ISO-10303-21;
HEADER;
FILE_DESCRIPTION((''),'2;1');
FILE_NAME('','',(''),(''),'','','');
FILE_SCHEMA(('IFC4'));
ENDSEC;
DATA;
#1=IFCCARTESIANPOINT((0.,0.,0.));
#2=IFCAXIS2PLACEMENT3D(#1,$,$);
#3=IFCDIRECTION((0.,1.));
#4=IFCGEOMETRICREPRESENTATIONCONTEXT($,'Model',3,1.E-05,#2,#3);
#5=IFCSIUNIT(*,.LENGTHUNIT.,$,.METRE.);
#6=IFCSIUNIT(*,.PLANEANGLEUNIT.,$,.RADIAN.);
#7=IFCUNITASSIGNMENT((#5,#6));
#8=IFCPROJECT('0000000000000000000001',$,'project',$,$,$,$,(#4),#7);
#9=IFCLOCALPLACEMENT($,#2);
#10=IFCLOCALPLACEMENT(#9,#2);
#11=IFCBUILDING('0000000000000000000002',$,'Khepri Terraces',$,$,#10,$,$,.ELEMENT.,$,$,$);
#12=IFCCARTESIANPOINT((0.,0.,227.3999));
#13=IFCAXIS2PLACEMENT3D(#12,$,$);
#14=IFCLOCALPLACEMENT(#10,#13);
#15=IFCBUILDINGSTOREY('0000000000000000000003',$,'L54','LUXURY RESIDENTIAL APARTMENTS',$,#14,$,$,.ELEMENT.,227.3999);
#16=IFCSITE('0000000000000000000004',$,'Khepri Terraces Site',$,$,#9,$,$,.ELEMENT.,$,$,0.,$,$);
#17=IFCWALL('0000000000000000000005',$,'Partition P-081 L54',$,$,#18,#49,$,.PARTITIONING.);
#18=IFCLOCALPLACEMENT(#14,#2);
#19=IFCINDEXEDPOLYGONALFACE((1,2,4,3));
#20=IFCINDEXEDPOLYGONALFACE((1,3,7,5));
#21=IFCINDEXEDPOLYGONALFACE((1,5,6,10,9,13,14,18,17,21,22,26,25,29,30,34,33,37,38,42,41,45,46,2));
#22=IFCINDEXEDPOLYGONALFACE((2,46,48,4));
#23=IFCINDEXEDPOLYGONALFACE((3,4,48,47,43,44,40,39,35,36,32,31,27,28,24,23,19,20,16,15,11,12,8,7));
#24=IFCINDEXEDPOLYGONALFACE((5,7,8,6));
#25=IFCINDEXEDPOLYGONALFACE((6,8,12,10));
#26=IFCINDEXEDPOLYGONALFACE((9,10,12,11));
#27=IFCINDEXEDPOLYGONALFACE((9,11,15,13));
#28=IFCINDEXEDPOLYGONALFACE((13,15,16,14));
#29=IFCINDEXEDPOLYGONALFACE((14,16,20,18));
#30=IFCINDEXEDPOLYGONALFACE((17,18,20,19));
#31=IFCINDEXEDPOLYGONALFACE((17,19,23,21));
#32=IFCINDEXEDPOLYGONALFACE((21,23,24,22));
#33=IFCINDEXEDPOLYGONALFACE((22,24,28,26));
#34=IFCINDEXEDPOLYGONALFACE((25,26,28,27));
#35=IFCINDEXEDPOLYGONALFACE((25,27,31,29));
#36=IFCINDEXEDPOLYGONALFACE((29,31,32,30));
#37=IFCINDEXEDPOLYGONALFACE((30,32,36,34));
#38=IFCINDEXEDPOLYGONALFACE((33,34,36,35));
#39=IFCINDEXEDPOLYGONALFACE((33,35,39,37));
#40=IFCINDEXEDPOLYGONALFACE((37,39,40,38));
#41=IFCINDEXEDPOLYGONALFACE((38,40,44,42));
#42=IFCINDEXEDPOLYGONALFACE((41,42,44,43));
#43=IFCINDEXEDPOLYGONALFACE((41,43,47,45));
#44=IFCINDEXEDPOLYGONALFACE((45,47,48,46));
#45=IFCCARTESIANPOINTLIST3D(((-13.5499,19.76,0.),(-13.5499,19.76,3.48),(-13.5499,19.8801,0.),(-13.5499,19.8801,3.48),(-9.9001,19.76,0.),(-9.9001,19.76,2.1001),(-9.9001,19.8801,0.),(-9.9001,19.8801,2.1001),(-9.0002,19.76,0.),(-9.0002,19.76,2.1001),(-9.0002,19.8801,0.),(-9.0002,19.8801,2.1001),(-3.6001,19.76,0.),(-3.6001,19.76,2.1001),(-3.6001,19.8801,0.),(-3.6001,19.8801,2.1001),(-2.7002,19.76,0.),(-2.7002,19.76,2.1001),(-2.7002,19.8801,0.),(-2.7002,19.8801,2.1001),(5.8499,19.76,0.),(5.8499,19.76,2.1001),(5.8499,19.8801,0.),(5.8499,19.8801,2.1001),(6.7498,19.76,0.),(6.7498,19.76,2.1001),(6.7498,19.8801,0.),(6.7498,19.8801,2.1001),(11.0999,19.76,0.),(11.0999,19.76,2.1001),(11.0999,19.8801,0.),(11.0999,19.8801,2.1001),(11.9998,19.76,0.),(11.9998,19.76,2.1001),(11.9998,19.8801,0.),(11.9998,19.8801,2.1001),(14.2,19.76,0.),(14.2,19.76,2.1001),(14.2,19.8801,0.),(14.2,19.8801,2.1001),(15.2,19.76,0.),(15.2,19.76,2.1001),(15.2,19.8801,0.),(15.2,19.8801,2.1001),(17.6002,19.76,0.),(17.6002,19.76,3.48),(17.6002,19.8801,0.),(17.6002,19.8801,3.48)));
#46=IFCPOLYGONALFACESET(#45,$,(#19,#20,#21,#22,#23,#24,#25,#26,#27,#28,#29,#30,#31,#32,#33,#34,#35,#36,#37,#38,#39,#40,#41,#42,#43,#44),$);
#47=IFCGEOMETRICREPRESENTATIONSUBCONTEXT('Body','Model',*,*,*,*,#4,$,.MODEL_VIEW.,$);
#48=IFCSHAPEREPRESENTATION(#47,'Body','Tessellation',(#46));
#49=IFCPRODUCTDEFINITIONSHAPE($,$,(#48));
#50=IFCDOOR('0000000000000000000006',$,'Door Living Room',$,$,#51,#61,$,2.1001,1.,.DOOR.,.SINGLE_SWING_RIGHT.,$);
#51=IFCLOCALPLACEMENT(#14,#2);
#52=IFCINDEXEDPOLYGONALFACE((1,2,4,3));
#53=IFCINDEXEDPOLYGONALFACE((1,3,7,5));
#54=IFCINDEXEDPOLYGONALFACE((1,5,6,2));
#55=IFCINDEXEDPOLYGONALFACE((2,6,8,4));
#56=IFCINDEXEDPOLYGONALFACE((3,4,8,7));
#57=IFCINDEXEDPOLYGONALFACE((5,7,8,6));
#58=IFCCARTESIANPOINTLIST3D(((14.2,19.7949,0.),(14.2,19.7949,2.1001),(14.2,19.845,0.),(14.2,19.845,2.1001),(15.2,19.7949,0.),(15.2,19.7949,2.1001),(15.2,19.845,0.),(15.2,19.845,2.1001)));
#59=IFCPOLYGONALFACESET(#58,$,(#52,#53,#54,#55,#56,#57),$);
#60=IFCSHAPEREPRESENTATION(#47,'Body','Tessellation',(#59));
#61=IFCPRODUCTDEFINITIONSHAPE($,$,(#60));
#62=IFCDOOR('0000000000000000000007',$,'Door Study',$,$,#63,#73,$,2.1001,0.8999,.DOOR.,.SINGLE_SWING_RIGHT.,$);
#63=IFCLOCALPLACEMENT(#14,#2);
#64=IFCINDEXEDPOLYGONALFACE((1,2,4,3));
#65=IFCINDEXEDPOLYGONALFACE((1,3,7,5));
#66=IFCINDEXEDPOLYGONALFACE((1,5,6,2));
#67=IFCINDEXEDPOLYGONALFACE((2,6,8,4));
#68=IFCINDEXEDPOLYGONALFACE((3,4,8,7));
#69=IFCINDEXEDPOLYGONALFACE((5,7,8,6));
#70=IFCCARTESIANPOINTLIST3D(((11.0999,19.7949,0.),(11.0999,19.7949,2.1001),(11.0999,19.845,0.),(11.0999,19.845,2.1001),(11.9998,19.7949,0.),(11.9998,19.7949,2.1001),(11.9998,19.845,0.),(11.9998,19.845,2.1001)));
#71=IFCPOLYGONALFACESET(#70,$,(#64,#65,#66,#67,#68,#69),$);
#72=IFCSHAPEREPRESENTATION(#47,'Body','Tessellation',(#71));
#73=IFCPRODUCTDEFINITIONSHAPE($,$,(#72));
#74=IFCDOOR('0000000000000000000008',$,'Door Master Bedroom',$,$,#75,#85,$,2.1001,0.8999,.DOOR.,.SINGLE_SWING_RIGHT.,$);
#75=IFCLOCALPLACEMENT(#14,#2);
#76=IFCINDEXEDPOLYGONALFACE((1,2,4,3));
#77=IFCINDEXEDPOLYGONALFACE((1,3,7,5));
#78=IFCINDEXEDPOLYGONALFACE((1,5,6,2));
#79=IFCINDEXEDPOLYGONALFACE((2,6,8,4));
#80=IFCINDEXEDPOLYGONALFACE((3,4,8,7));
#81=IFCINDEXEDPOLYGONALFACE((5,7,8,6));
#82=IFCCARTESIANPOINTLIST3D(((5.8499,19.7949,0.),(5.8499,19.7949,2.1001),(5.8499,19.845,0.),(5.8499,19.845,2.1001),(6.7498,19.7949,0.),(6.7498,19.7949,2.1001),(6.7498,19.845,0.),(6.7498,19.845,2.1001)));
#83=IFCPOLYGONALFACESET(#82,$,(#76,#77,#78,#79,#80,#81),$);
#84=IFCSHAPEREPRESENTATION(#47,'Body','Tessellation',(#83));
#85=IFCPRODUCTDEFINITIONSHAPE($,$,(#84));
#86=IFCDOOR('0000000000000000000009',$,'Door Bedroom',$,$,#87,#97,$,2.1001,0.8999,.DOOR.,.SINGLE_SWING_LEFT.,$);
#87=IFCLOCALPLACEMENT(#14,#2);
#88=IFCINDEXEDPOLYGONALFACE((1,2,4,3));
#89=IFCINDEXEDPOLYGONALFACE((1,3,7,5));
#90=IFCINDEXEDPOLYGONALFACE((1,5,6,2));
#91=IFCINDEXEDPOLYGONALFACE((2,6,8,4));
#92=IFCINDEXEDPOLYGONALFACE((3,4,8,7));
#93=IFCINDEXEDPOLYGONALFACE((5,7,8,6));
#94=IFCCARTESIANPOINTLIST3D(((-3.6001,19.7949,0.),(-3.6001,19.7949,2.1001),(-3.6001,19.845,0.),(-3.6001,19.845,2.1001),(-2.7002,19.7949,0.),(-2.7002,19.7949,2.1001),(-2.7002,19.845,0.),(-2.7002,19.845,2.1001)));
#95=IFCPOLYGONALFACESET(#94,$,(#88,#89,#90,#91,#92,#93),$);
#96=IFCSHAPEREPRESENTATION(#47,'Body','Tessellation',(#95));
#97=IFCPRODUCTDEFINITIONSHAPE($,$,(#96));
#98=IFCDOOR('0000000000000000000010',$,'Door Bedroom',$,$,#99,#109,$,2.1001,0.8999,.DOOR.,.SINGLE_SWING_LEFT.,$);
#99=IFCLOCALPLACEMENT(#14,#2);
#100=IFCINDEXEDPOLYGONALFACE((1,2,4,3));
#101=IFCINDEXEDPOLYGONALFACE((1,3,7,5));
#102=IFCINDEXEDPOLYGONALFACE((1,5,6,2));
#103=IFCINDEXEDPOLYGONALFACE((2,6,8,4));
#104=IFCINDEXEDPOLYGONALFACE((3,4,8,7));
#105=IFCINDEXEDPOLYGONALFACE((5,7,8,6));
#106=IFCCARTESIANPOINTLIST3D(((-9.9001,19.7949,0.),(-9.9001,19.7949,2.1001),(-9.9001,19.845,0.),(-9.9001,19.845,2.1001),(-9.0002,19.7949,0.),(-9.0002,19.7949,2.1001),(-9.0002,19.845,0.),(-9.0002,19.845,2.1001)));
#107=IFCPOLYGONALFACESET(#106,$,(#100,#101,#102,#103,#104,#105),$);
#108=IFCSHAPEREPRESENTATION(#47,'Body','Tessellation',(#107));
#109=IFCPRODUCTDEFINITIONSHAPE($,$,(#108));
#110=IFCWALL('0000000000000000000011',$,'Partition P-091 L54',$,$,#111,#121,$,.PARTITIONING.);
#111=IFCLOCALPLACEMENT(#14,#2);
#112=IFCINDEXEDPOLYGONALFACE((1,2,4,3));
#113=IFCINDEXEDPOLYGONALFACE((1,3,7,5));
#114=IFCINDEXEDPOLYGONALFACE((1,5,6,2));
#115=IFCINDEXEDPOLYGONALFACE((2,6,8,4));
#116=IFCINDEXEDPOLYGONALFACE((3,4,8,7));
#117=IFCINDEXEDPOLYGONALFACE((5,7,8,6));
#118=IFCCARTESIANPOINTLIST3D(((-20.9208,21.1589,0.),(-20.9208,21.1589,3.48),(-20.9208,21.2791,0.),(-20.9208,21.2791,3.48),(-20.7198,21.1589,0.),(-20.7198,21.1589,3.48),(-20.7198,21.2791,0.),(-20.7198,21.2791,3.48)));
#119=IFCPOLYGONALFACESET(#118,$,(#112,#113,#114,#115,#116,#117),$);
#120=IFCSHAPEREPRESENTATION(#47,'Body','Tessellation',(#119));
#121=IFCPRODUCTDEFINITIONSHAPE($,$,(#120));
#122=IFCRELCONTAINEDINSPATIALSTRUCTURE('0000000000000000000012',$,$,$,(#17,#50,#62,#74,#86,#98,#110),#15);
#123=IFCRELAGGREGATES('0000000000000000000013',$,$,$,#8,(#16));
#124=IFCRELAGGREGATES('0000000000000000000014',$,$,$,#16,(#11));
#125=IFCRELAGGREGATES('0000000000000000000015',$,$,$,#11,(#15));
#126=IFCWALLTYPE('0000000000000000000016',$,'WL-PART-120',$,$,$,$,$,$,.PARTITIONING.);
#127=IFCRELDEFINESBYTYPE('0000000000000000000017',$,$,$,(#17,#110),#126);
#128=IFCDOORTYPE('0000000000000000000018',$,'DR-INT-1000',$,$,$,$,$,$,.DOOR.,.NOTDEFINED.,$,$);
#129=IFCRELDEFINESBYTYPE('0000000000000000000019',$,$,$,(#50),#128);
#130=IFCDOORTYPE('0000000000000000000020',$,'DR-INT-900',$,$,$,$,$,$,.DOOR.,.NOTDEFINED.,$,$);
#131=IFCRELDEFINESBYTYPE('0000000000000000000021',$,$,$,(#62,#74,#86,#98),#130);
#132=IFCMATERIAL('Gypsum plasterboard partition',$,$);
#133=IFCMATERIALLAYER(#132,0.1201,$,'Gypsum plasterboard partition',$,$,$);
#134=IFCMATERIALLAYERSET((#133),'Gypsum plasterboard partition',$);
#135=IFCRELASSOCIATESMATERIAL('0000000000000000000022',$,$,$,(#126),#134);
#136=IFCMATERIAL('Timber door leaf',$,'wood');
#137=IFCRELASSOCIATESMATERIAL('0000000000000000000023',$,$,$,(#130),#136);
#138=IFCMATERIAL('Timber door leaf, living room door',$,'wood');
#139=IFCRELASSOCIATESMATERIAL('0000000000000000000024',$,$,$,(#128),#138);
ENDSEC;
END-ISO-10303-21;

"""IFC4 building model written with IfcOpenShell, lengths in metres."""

from ifc_helpers import new_model, si_unit, direction, frame, frame_2d, origin, place, context, subcontext, project, spatial, rectangle, extrude, material, layer, layer_set, type_object, element, fill, save


model = new_model("IFC4")

# Units and contexts
model_context = context("Model", 3, precision=1e-05, world=origin(), true_north=direction((0.0, 1.0)))
body_context = subcontext(model_context, "Body", "Model", "MODEL_VIEW")
ifc_project = project(units=[si_unit("LENGTHUNIT", "METRE"), si_unit("PLANEANGLEUNIT", "RADIAN")], contexts=[model_context])

# Site, building, storey
site_placement = place(None, origin())
site = spatial("IfcSite", under=ifc_project, at=site_placement, Name="Khepri Terraces Site", CompositionType="ELEMENT", RefElevation=0.0)
building_placement = place(site_placement, origin())
building = spatial("IfcBuilding", under=site, at=building_placement, Name="Khepri Terraces", CompositionType="ELEMENT")
storey_placement = place(building_placement, frame((0.0, 0.0, 227.3999)))
storey = spatial("IfcBuildingStorey", under=building, at=storey_placement, Name="L54", Description="LUXURY RESIDENTIAL APARTMENTS", CompositionType="ELEMENT", Elevation=227.3999)

# Shared definitions
ifc_material_1 = material(Name="Gypsum plasterboard partition")
ifc_layer_1 = layer(ifc_material_1, 0.1201, Name="Gypsum plasterboard partition")
ifc_layer_set_1 = layer_set([ifc_layer_1], Name="Gypsum plasterboard partition")
wall_type_1 = type_object("IfcWallType", Name="WL-PART-120", PredefinedType="PARTITIONING", material=ifc_layer_set_1)
ifc_material_2 = material(Name="Timber door leaf", Category="wood")
door_type_1 = type_object("IfcDoorType", Name="DR-INT-900", OperationType="NOTDEFINED", PredefinedType="DOOR", material=ifc_material_2)

# Wall, openings, doors
wall_1_placement = place(storey_placement, frame((-13.55, 19.8201, 0.0), z_axis=(0.0, 0.0, 1.0), x_axis=(1.0, 0.0, 0.0)))
wall_1 = element("IfcWall", 1, at=wall_1_placement, inside=storey, type_object=wall_type_1, Name="Partition P-081 L54", PredefinedType="PARTITIONING", context=body_context, shape_type="SweptSolid", body=[
    extrude(rectangle(XDim=31.1501, YDim=0.1201, at=frame_2d((15.5752, 0.0))), origin(), (0.0, 0.0, 1.0), 3.48),
])
opening_1_placement = place(wall_1_placement, frame((27.75, 0.0, 0.0)))
opening_1 = element("IfcOpeningElement", 2, at=opening_1_placement, cuts=wall_1, PredefinedType="OPENING", context=body_context, shape_type="SweptSolid", body=[
    extrude(rectangle(XDim=1.0, YDim=2.1001, at=frame_2d((0.5, 1.05))), frame((0.0, 0.0701, 0.0), z_axis=(0.0, -1.0, 0.0), x_axis=(1.0, 0.0, 0.0)), (0.0, 0.0, 1.0), 0.1401),
])
opening_2_placement = place(wall_1_placement, frame((24.6499, 0.0, 0.0)))
opening_2 = element("IfcOpeningElement", 3, at=opening_2_placement, cuts=wall_1, PredefinedType="OPENING", context=body_context, shape_type="SweptSolid", body=[
    extrude(rectangle(XDim=0.8999, YDim=2.1001, at=frame_2d((0.45, 1.05))), frame((0.0, 0.0701, 0.0), z_axis=(0.0, -1.0, 0.0), x_axis=(1.0, 0.0, 0.0)), (0.0, 0.0, 1.0), 0.1401),
])
opening_3_placement = place(wall_1_placement, frame((19.3999, 0.0, 0.0)))
opening_3 = element("IfcOpeningElement", 4, at=opening_3_placement, cuts=wall_1, PredefinedType="OPENING", context=body_context, shape_type="SweptSolid", body=[
    extrude(rectangle(XDim=0.8999, YDim=2.1001, at=frame_2d((0.45, 1.05))), frame((0.0, 0.0701, 0.0), z_axis=(0.0, -1.0, 0.0), x_axis=(1.0, 0.0, 0.0)), (0.0, 0.0, 1.0), 0.1401),
])
opening_4_placement = place(wall_1_placement, frame((9.95, 0.0, 0.0)))
opening_4 = element("IfcOpeningElement", 5, at=opening_4_placement, cuts=wall_1, PredefinedType="OPENING", context=body_context, shape_type="SweptSolid", body=[
    extrude(rectangle(XDim=0.8999, YDim=2.1001, at=frame_2d((0.45, 1.05))), frame((0.0, 0.0701, 0.0), z_axis=(0.0, -1.0, 0.0), x_axis=(1.0, 0.0, 0.0)), (0.0, 0.0, 1.0), 0.1401),
])
opening_5_placement = place(wall_1_placement, frame((3.6499, 0.0, 0.0)))
opening_5 = element("IfcOpeningElement", 6, at=opening_5_placement, cuts=wall_1, PredefinedType="OPENING", context=body_context, shape_type="SweptSolid", body=[
    extrude(rectangle(XDim=0.8999, YDim=2.1001, at=frame_2d((0.45, 1.05))), frame((0.0, 0.0701, 0.0), z_axis=(0.0, -1.0, 0.0), x_axis=(1.0, 0.0, 0.0)), (0.0, 0.0, 1.0), 0.1401),
])
ifc_material_3 = material(Name="Timber door leaf, living room door", Category="wood")
door_type_2 = type_object("IfcDoorType", Name="DR-INT-1000", OperationType="NOTDEFINED", PredefinedType="DOOR", material=ifc_material_3)
door_1_placement = place(opening_1_placement, origin())
door_1 = element("IfcDoor", 7, at=door_1_placement, inside=storey, type_object=door_type_2, Name="Door Living Room", OperationType="SINGLE_SWING_RIGHT", OverallHeight=2.1001, OverallWidth=1.0, PredefinedType="DOOR", context=body_context, shape_type="SweptSolid", body=[
    extrude(rectangle(XDim=1.0, YDim=2.1001, at=frame_2d((0.5, 1.05))), frame((0.0, 0.0249, 0.0), z_axis=(0.0, -1.0, 0.0), x_axis=(1.0, 0.0, 0.0)), (0.0, 0.0, 1.0), 0.05),
])
fill(opening_1, door_1)
door_2_placement = place(opening_2_placement, origin())
door_2 = element("IfcDoor", 8, at=door_2_placement, inside=storey, type_object=door_type_1, Name="Door Study", OperationType="SINGLE_SWING_RIGHT", OverallHeight=2.1001, OverallWidth=0.8999, PredefinedType="DOOR", context=body_context, shape_type="SweptSolid", body=[
    extrude(rectangle(XDim=0.8999, YDim=2.1001, at=frame_2d((0.45, 1.05))), frame((0.0, 0.0249, 0.0), z_axis=(0.0, -1.0, 0.0), x_axis=(1.0, 0.0, 0.0)), (0.0, 0.0, 1.0), 0.05),
])
fill(opening_2, door_2)
door_3_placement = place(opening_3_placement, origin())
door_3 = element("IfcDoor", 9, at=door_3_placement, inside=storey, type_object=door_type_1, Name="Door Master Bedroom", OperationType="SINGLE_SWING_RIGHT", OverallHeight=2.1001, OverallWidth=0.8999, PredefinedType="DOOR", context=body_context, shape_type="SweptSolid", body=[
    extrude(rectangle(XDim=0.8999, YDim=2.1001, at=frame_2d((0.45, 1.05))), frame((0.0, 0.0249, 0.0), z_axis=(0.0, -1.0, 0.0), x_axis=(1.0, 0.0, 0.0)), (0.0, 0.0, 1.0), 0.05),
])
fill(opening_3, door_3)
door_4_placement = place(opening_4_placement, origin())
door_4 = element("IfcDoor", 10, at=door_4_placement, inside=storey, type_object=door_type_1, Name="Door Bedroom", OperationType="SINGLE_SWING_LEFT", OverallHeight=2.1001, OverallWidth=0.8999, PredefinedType="DOOR", context=body_context, shape_type="SweptSolid", body=[
    extrude(rectangle(XDim=0.8999, YDim=2.1001, at=frame_2d((0.45, 1.05))), frame((0.0, 0.0249, 0.0), z_axis=(0.0, -1.0, 0.0), x_axis=(1.0, 0.0, 0.0)), (0.0, 0.0, 1.0), 0.05),
])
fill(opening_4, door_4)
door_5_placement = place(opening_5_placement, origin())
door_5 = element("IfcDoor", 11, at=door_5_placement, inside=storey, type_object=door_type_1, Name="Door Bedroom", OperationType="SINGLE_SWING_LEFT", OverallHeight=2.1001, OverallWidth=0.8999, PredefinedType="DOOR", context=body_context, shape_type="SweptSolid", body=[
    extrude(rectangle(XDim=0.8999, YDim=2.1001, at=frame_2d((0.45, 1.05))), frame((0.0, 0.0249, 0.0), z_axis=(0.0, -1.0, 0.0), x_axis=(1.0, 0.0, 0.0)), (0.0, 0.0, 1.0), 0.05),
])
fill(opening_5, door_5)

# Wall
wall_2_placement = place(storey_placement, frame((-20.9209, 21.219, 0.0), z_axis=(0.0, 0.0, 1.0), x_axis=(1.0, 0.0, 0.0)))
element("IfcWall", 12, at=wall_2_placement, inside=storey, type_object=wall_type_1, Name="Partition P-091 L54", PredefinedType="PARTITIONING", context=body_context, shape_type="SweptSolid", body=[
    extrude(rectangle(XDim=0.2009, YDim=0.1201, at=frame_2d((0.1006, 0.0))), origin(), (0.0, 0.0, 1.0), 3.48),
])

save(model, "model.ifc")
